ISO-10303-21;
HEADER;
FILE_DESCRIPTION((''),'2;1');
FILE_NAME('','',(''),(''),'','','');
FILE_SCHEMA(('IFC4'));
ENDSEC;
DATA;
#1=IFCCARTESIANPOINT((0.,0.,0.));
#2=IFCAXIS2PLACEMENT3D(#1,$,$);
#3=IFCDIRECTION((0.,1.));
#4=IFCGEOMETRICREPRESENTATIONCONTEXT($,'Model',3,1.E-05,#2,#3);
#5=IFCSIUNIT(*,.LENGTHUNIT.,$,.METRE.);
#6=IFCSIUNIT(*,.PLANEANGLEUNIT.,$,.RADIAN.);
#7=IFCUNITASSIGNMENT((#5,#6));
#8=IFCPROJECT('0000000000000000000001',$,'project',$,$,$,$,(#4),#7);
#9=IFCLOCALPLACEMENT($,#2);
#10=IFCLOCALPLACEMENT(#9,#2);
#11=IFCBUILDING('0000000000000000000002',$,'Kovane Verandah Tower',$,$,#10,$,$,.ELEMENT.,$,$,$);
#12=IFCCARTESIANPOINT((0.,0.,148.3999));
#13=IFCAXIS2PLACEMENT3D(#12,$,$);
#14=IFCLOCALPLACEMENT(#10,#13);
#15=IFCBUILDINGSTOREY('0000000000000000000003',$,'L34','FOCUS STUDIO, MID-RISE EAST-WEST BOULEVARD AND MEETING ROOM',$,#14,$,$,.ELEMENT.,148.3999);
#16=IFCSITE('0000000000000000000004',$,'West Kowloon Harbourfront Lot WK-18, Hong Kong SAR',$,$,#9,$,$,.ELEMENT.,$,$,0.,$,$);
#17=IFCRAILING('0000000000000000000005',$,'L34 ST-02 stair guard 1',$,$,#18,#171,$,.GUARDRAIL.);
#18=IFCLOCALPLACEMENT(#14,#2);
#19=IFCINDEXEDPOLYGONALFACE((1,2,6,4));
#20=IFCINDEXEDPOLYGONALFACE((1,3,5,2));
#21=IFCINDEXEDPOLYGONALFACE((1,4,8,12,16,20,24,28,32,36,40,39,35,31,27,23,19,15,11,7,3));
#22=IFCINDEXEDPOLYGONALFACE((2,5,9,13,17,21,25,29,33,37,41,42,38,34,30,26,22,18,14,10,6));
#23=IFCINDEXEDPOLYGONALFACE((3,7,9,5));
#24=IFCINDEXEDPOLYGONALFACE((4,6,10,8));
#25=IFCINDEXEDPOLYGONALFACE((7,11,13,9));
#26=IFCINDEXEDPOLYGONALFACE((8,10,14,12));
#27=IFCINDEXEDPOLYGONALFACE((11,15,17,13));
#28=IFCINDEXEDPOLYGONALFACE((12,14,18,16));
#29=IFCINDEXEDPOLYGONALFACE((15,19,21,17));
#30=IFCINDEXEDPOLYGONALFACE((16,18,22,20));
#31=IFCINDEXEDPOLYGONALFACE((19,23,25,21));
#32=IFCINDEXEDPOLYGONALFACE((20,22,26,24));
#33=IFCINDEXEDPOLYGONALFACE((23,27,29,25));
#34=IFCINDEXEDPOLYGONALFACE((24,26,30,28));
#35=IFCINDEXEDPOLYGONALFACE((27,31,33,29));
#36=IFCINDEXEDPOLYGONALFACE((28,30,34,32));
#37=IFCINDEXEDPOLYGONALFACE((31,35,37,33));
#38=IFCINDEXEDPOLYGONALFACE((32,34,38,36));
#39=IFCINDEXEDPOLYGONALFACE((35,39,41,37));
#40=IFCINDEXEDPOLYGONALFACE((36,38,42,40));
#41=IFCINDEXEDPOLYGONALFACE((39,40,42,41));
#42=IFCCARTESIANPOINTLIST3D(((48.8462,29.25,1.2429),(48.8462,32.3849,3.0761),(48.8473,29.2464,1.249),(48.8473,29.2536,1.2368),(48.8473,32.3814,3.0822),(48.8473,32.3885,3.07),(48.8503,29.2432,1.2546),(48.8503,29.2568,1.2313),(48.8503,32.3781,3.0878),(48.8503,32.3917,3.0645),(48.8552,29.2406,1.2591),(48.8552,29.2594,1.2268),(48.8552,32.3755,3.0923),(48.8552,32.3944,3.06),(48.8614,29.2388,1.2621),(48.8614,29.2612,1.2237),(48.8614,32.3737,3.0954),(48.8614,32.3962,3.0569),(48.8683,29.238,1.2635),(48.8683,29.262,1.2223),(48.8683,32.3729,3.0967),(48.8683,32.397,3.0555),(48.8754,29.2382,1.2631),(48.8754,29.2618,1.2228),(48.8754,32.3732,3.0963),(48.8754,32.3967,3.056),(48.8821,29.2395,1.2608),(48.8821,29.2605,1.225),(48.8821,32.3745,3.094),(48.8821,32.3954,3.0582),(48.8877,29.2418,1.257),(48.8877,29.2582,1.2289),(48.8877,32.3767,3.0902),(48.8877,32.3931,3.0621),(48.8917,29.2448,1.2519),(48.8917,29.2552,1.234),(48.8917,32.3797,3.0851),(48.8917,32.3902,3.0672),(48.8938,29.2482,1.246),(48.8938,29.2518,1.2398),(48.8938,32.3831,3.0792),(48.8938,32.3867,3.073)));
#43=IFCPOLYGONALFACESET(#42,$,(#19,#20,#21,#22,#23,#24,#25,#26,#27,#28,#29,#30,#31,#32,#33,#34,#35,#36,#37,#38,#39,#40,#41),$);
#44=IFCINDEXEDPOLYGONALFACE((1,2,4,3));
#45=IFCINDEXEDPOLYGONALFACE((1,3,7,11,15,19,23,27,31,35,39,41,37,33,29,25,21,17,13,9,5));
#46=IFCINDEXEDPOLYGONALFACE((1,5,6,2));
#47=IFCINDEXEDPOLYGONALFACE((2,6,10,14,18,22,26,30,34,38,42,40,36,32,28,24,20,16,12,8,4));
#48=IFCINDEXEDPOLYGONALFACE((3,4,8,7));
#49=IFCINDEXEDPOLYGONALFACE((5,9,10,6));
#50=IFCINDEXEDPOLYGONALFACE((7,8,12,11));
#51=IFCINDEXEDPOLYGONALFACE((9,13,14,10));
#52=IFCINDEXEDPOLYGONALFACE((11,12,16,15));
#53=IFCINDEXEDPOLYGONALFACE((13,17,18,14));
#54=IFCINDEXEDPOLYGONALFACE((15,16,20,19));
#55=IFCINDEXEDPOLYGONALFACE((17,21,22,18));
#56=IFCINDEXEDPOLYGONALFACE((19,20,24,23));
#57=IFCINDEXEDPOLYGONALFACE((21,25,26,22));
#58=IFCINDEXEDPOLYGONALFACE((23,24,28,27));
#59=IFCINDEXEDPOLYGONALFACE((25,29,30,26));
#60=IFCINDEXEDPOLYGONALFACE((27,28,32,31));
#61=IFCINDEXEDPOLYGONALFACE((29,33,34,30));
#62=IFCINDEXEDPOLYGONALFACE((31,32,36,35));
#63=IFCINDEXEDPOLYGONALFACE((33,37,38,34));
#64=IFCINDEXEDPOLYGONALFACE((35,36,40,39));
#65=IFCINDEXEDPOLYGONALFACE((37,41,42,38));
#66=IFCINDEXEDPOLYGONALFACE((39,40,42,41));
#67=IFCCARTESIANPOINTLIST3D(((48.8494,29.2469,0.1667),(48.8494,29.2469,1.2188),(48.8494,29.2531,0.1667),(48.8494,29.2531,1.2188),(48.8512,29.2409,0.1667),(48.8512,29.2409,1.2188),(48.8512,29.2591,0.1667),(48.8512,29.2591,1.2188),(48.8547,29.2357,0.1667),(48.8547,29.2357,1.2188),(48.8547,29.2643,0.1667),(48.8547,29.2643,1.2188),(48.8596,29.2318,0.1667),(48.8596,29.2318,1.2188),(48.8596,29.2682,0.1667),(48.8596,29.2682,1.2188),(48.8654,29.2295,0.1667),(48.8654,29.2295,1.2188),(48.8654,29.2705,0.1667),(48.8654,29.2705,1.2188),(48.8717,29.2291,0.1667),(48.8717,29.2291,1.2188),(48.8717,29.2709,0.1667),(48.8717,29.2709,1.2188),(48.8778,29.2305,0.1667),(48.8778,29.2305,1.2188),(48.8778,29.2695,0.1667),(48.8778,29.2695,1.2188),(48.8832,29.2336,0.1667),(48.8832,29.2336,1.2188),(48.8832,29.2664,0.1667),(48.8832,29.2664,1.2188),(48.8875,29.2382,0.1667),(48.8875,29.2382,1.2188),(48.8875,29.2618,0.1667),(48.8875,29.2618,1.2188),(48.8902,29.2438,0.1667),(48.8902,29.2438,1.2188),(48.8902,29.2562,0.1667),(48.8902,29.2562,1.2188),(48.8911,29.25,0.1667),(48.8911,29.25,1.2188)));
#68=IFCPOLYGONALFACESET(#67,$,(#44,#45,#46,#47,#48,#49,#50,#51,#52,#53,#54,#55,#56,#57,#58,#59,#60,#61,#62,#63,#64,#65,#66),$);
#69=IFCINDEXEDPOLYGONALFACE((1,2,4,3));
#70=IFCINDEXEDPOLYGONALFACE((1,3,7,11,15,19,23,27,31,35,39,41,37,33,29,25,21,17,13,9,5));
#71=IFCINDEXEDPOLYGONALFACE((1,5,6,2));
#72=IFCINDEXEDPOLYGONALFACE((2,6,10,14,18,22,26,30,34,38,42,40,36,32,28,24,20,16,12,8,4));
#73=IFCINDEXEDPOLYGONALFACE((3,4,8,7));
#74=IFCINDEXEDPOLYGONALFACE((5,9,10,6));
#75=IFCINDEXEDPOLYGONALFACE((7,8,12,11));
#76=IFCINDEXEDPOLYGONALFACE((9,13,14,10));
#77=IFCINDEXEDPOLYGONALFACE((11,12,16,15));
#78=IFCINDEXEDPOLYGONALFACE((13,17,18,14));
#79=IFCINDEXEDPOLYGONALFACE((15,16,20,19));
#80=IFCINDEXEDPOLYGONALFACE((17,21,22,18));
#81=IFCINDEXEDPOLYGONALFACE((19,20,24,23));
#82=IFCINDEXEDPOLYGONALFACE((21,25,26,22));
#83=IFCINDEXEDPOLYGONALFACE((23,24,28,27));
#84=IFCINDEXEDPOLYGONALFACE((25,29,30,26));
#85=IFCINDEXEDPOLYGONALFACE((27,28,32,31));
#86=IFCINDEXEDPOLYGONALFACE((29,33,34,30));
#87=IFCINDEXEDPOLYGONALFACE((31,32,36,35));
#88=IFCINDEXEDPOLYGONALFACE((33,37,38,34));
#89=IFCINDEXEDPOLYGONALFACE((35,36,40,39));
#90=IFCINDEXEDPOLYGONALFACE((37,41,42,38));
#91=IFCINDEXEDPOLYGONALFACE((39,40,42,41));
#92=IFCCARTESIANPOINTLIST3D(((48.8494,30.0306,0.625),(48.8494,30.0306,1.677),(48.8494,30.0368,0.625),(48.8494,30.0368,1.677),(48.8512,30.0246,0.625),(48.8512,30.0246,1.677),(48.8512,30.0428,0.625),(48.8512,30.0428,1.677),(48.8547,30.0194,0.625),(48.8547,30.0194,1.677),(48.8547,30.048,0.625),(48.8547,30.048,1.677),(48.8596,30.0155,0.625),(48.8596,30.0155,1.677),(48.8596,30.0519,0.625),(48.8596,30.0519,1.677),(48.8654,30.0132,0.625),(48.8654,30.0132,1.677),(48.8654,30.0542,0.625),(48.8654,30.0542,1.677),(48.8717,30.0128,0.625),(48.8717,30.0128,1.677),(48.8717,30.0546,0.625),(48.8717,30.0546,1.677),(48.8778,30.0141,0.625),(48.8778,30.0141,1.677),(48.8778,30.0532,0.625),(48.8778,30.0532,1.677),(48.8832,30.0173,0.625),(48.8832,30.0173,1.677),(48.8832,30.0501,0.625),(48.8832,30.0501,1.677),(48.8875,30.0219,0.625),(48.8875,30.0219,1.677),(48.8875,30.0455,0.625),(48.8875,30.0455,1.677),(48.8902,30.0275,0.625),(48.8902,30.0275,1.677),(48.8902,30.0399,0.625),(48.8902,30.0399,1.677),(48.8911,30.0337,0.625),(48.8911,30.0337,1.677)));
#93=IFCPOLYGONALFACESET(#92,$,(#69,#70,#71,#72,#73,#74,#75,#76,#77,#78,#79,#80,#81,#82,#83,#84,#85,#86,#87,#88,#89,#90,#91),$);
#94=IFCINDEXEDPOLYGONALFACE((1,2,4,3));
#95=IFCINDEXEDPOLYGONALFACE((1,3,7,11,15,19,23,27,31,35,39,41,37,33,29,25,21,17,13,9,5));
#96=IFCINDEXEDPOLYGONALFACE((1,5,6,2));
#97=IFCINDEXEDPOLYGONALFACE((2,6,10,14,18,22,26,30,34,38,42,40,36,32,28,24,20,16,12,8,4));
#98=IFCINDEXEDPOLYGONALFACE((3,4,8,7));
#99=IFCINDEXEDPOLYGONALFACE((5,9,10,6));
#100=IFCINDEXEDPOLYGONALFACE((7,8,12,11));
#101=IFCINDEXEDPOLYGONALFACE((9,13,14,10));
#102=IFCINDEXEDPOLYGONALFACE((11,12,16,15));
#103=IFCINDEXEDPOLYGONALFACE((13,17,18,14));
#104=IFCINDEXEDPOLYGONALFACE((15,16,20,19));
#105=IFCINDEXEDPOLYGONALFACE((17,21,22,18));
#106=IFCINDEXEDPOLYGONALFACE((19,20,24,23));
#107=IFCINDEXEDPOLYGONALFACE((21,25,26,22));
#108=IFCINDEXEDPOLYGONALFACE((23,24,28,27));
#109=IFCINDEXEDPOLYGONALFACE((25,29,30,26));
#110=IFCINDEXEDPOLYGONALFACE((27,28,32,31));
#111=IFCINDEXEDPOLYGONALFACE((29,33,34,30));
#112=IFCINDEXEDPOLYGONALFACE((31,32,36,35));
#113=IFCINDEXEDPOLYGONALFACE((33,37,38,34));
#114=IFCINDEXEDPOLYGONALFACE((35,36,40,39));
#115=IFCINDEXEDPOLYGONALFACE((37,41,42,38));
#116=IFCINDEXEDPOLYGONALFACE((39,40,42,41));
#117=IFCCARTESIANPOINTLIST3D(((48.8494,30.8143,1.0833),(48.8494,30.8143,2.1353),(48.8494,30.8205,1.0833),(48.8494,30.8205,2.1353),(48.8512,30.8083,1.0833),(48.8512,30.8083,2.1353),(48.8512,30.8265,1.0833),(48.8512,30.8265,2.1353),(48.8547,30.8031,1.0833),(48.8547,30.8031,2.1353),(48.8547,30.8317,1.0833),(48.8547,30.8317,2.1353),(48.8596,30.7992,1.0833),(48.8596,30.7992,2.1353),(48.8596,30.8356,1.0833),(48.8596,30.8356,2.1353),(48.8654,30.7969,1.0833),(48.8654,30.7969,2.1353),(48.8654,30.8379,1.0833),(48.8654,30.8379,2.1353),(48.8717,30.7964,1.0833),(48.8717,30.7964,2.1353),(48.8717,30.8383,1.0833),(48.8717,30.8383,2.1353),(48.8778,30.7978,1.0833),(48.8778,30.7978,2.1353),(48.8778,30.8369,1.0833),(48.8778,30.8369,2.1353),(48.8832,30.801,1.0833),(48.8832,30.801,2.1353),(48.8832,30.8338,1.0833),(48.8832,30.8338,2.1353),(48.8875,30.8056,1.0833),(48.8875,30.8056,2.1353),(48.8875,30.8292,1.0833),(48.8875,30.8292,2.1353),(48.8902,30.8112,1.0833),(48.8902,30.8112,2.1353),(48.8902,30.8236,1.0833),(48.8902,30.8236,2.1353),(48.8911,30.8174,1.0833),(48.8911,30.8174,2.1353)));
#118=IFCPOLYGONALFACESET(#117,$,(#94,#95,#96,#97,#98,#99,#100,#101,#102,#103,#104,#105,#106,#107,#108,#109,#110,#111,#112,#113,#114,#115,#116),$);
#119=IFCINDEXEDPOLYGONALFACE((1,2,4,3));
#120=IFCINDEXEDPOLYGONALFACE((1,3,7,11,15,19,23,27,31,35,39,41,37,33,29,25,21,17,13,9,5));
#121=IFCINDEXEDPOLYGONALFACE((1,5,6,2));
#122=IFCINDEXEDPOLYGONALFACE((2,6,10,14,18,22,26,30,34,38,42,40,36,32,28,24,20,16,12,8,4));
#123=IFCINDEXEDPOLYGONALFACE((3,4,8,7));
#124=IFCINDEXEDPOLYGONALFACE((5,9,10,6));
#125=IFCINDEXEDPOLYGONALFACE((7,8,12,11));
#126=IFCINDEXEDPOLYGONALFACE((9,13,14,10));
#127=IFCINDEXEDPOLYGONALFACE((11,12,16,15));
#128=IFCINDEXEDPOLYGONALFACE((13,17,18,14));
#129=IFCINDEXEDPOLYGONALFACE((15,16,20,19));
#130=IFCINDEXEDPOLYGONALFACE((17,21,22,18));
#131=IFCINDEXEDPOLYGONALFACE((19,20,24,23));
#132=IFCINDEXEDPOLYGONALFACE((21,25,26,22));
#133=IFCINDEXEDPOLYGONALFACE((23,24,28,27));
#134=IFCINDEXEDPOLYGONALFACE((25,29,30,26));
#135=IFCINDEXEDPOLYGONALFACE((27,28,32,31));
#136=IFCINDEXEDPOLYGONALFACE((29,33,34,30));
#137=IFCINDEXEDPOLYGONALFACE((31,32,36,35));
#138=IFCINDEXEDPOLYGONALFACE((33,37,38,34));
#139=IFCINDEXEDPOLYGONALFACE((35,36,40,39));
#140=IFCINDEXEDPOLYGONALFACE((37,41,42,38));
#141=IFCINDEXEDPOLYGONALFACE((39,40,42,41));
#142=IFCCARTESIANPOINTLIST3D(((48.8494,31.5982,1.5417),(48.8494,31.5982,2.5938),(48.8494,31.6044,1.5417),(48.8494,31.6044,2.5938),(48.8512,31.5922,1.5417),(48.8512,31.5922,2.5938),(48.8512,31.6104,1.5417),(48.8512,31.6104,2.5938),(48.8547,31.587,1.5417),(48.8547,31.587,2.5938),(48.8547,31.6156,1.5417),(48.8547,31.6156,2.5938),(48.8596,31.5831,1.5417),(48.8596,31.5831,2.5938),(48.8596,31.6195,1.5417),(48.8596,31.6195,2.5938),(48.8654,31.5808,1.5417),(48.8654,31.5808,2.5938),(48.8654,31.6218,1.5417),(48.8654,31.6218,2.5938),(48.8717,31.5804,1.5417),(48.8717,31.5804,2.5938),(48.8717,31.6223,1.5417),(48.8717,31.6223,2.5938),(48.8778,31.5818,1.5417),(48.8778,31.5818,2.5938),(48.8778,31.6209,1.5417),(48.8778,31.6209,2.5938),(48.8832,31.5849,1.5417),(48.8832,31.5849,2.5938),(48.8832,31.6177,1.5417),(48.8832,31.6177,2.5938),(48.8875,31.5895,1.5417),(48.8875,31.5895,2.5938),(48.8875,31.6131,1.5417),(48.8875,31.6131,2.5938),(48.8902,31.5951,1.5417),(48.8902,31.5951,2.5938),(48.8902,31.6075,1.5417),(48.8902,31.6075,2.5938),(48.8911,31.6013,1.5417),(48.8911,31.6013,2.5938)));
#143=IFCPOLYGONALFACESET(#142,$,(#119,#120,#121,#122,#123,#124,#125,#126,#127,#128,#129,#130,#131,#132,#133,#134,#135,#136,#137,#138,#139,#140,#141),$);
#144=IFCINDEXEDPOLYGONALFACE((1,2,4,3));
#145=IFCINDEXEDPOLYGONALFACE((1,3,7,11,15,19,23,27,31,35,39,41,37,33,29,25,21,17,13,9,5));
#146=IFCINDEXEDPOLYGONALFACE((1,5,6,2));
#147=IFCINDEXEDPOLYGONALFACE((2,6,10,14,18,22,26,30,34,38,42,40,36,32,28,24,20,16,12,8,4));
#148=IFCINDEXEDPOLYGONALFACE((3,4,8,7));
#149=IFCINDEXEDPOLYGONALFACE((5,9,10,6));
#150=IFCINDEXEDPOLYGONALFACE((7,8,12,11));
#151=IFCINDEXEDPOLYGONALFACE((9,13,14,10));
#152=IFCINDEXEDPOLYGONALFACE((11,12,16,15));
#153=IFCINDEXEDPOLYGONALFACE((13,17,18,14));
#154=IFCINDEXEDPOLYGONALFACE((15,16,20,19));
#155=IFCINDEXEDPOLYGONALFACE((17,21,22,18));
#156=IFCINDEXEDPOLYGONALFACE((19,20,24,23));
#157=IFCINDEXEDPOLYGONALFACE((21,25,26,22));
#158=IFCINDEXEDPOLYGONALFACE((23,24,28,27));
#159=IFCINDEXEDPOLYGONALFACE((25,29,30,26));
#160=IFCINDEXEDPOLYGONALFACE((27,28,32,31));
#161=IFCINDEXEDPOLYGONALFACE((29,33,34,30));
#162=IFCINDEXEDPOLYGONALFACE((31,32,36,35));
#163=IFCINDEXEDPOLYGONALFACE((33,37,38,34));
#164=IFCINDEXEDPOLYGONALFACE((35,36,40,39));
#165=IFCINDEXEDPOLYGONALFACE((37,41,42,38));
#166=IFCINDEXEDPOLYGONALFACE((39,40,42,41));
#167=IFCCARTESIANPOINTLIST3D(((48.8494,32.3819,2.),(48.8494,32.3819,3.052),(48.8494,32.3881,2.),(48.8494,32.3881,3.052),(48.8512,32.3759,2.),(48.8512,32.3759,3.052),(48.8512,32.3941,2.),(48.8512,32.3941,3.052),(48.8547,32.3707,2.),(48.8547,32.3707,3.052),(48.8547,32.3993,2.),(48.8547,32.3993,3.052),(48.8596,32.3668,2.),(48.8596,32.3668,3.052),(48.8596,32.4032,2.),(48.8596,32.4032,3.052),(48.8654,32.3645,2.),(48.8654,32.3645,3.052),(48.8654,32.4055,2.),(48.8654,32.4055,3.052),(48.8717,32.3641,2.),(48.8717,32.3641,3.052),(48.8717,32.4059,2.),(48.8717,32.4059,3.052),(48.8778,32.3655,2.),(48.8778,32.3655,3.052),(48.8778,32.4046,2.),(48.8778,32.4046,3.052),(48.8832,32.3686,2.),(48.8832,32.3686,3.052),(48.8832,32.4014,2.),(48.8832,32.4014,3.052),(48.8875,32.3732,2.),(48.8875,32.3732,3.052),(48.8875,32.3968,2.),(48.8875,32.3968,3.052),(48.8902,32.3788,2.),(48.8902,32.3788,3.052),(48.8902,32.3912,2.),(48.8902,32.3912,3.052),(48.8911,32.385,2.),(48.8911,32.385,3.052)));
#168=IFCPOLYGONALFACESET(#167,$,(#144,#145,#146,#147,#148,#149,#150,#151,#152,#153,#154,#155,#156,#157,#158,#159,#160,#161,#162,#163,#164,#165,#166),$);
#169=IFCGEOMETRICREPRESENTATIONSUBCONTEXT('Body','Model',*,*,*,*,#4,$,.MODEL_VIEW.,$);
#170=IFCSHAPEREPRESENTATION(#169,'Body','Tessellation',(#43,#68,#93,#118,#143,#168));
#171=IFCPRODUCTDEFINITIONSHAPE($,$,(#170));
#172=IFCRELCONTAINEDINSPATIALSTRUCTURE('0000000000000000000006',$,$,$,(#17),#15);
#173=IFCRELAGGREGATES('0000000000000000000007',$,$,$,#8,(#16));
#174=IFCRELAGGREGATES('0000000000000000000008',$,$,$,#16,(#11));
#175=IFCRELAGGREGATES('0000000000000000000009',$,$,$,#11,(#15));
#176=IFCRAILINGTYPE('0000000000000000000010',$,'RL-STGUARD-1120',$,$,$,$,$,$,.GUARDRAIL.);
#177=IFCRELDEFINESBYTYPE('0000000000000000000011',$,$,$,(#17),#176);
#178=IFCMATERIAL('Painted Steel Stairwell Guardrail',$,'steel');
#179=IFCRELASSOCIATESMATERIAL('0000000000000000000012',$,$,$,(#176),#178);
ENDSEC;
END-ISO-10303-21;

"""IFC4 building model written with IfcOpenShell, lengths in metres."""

from ifc_helpers import new_model, si_unit, direction, frame, origin, origin_2d, place, context, subcontext, project, spatial, circle, extrude, material, type_object, element, save


model = new_model("IFC4")

# Units and contexts
model_context = context("Model", 3, precision=1e-05, world=origin(), true_north=direction((0.0, 1.0)))
body_context = subcontext(model_context, "Body", "Model", "MODEL_VIEW")
ifc_project = project(units=[si_unit("LENGTHUNIT", "METRE"), si_unit("PLANEANGLEUNIT", "RADIAN")], contexts=[model_context])

# Site, building, storey
site_placement = place(None, origin())
site = spatial("IfcSite", under=ifc_project, at=site_placement, Name="West Kowloon Harbourfront Lot WK-18, Hong Kong SAR", CompositionType="ELEMENT", RefElevation=0.0)
building_placement = place(site_placement, origin())
building = spatial("IfcBuilding", under=site, at=building_placement, Name="Kovane Verandah Tower", CompositionType="ELEMENT")
storey_placement = place(building_placement, frame((0.0, 0.0, 148.3999)))
storey = spatial("IfcBuildingStorey", under=building, at=storey_placement, Name="L34", Description="FOCUS STUDIO, MID-RISE EAST-WEST BOULEVARD AND MEETING ROOM", CompositionType="ELEMENT", Elevation=148.3999)

# Railing
ifc_material_1 = material(Name="Painted Steel Stairwell Guardrail", Category="steel")
railing_type_1 = type_object("IfcRailingType", Name="RL-STGUARD-1120", PredefinedType="GUARDRAIL", material=ifc_material_1)
railing_1_placement = place(storey_placement, frame((48.8701, 29.25, 0.1667)))
element("IfcRailing", 1, at=railing_1_placement, inside=storey, type_object=railing_type_1, Name="L34 ST-02 stair guard 1", PredefinedType="GUARDRAIL", context=body_context, shape_type="SweptSolid", body=[
    extrude(circle(Radius=0.0239, at=origin_2d()), frame((0.0, 0.0, 1.0762), z_axis=(0.0, 0.86324, 0.504794), x_axis=(-1.0, 0.0, 0.0)), (0.0, 0.0, 1.0), 3.6316),
    extrude(circle(Radius=0.021, at=origin_2d()), origin(), (0.0, 0.0, 1.0), 1.052),
    extrude(circle(Radius=0.021, at=origin_2d()), frame((0.0, 0.7837, 0.4583)), (0.0, 0.0, 1.0), 1.052),
    extrude(circle(Radius=0.021, at=origin_2d()), frame((0.0, 1.5674, 0.9165)), (0.0, 0.0, 1.0), 1.052),
    extrude(circle(Radius=0.021, at=origin_2d()), frame((0.0, 2.3513, 1.375)), (0.0, 0.0, 1.0), 1.052),
    extrude(circle(Radius=0.021, at=origin_2d()), frame((0.0, 3.135, 1.8333)), (0.0, 0.0, 1.0), 1.052),
])

save(model, "model.ifc")
